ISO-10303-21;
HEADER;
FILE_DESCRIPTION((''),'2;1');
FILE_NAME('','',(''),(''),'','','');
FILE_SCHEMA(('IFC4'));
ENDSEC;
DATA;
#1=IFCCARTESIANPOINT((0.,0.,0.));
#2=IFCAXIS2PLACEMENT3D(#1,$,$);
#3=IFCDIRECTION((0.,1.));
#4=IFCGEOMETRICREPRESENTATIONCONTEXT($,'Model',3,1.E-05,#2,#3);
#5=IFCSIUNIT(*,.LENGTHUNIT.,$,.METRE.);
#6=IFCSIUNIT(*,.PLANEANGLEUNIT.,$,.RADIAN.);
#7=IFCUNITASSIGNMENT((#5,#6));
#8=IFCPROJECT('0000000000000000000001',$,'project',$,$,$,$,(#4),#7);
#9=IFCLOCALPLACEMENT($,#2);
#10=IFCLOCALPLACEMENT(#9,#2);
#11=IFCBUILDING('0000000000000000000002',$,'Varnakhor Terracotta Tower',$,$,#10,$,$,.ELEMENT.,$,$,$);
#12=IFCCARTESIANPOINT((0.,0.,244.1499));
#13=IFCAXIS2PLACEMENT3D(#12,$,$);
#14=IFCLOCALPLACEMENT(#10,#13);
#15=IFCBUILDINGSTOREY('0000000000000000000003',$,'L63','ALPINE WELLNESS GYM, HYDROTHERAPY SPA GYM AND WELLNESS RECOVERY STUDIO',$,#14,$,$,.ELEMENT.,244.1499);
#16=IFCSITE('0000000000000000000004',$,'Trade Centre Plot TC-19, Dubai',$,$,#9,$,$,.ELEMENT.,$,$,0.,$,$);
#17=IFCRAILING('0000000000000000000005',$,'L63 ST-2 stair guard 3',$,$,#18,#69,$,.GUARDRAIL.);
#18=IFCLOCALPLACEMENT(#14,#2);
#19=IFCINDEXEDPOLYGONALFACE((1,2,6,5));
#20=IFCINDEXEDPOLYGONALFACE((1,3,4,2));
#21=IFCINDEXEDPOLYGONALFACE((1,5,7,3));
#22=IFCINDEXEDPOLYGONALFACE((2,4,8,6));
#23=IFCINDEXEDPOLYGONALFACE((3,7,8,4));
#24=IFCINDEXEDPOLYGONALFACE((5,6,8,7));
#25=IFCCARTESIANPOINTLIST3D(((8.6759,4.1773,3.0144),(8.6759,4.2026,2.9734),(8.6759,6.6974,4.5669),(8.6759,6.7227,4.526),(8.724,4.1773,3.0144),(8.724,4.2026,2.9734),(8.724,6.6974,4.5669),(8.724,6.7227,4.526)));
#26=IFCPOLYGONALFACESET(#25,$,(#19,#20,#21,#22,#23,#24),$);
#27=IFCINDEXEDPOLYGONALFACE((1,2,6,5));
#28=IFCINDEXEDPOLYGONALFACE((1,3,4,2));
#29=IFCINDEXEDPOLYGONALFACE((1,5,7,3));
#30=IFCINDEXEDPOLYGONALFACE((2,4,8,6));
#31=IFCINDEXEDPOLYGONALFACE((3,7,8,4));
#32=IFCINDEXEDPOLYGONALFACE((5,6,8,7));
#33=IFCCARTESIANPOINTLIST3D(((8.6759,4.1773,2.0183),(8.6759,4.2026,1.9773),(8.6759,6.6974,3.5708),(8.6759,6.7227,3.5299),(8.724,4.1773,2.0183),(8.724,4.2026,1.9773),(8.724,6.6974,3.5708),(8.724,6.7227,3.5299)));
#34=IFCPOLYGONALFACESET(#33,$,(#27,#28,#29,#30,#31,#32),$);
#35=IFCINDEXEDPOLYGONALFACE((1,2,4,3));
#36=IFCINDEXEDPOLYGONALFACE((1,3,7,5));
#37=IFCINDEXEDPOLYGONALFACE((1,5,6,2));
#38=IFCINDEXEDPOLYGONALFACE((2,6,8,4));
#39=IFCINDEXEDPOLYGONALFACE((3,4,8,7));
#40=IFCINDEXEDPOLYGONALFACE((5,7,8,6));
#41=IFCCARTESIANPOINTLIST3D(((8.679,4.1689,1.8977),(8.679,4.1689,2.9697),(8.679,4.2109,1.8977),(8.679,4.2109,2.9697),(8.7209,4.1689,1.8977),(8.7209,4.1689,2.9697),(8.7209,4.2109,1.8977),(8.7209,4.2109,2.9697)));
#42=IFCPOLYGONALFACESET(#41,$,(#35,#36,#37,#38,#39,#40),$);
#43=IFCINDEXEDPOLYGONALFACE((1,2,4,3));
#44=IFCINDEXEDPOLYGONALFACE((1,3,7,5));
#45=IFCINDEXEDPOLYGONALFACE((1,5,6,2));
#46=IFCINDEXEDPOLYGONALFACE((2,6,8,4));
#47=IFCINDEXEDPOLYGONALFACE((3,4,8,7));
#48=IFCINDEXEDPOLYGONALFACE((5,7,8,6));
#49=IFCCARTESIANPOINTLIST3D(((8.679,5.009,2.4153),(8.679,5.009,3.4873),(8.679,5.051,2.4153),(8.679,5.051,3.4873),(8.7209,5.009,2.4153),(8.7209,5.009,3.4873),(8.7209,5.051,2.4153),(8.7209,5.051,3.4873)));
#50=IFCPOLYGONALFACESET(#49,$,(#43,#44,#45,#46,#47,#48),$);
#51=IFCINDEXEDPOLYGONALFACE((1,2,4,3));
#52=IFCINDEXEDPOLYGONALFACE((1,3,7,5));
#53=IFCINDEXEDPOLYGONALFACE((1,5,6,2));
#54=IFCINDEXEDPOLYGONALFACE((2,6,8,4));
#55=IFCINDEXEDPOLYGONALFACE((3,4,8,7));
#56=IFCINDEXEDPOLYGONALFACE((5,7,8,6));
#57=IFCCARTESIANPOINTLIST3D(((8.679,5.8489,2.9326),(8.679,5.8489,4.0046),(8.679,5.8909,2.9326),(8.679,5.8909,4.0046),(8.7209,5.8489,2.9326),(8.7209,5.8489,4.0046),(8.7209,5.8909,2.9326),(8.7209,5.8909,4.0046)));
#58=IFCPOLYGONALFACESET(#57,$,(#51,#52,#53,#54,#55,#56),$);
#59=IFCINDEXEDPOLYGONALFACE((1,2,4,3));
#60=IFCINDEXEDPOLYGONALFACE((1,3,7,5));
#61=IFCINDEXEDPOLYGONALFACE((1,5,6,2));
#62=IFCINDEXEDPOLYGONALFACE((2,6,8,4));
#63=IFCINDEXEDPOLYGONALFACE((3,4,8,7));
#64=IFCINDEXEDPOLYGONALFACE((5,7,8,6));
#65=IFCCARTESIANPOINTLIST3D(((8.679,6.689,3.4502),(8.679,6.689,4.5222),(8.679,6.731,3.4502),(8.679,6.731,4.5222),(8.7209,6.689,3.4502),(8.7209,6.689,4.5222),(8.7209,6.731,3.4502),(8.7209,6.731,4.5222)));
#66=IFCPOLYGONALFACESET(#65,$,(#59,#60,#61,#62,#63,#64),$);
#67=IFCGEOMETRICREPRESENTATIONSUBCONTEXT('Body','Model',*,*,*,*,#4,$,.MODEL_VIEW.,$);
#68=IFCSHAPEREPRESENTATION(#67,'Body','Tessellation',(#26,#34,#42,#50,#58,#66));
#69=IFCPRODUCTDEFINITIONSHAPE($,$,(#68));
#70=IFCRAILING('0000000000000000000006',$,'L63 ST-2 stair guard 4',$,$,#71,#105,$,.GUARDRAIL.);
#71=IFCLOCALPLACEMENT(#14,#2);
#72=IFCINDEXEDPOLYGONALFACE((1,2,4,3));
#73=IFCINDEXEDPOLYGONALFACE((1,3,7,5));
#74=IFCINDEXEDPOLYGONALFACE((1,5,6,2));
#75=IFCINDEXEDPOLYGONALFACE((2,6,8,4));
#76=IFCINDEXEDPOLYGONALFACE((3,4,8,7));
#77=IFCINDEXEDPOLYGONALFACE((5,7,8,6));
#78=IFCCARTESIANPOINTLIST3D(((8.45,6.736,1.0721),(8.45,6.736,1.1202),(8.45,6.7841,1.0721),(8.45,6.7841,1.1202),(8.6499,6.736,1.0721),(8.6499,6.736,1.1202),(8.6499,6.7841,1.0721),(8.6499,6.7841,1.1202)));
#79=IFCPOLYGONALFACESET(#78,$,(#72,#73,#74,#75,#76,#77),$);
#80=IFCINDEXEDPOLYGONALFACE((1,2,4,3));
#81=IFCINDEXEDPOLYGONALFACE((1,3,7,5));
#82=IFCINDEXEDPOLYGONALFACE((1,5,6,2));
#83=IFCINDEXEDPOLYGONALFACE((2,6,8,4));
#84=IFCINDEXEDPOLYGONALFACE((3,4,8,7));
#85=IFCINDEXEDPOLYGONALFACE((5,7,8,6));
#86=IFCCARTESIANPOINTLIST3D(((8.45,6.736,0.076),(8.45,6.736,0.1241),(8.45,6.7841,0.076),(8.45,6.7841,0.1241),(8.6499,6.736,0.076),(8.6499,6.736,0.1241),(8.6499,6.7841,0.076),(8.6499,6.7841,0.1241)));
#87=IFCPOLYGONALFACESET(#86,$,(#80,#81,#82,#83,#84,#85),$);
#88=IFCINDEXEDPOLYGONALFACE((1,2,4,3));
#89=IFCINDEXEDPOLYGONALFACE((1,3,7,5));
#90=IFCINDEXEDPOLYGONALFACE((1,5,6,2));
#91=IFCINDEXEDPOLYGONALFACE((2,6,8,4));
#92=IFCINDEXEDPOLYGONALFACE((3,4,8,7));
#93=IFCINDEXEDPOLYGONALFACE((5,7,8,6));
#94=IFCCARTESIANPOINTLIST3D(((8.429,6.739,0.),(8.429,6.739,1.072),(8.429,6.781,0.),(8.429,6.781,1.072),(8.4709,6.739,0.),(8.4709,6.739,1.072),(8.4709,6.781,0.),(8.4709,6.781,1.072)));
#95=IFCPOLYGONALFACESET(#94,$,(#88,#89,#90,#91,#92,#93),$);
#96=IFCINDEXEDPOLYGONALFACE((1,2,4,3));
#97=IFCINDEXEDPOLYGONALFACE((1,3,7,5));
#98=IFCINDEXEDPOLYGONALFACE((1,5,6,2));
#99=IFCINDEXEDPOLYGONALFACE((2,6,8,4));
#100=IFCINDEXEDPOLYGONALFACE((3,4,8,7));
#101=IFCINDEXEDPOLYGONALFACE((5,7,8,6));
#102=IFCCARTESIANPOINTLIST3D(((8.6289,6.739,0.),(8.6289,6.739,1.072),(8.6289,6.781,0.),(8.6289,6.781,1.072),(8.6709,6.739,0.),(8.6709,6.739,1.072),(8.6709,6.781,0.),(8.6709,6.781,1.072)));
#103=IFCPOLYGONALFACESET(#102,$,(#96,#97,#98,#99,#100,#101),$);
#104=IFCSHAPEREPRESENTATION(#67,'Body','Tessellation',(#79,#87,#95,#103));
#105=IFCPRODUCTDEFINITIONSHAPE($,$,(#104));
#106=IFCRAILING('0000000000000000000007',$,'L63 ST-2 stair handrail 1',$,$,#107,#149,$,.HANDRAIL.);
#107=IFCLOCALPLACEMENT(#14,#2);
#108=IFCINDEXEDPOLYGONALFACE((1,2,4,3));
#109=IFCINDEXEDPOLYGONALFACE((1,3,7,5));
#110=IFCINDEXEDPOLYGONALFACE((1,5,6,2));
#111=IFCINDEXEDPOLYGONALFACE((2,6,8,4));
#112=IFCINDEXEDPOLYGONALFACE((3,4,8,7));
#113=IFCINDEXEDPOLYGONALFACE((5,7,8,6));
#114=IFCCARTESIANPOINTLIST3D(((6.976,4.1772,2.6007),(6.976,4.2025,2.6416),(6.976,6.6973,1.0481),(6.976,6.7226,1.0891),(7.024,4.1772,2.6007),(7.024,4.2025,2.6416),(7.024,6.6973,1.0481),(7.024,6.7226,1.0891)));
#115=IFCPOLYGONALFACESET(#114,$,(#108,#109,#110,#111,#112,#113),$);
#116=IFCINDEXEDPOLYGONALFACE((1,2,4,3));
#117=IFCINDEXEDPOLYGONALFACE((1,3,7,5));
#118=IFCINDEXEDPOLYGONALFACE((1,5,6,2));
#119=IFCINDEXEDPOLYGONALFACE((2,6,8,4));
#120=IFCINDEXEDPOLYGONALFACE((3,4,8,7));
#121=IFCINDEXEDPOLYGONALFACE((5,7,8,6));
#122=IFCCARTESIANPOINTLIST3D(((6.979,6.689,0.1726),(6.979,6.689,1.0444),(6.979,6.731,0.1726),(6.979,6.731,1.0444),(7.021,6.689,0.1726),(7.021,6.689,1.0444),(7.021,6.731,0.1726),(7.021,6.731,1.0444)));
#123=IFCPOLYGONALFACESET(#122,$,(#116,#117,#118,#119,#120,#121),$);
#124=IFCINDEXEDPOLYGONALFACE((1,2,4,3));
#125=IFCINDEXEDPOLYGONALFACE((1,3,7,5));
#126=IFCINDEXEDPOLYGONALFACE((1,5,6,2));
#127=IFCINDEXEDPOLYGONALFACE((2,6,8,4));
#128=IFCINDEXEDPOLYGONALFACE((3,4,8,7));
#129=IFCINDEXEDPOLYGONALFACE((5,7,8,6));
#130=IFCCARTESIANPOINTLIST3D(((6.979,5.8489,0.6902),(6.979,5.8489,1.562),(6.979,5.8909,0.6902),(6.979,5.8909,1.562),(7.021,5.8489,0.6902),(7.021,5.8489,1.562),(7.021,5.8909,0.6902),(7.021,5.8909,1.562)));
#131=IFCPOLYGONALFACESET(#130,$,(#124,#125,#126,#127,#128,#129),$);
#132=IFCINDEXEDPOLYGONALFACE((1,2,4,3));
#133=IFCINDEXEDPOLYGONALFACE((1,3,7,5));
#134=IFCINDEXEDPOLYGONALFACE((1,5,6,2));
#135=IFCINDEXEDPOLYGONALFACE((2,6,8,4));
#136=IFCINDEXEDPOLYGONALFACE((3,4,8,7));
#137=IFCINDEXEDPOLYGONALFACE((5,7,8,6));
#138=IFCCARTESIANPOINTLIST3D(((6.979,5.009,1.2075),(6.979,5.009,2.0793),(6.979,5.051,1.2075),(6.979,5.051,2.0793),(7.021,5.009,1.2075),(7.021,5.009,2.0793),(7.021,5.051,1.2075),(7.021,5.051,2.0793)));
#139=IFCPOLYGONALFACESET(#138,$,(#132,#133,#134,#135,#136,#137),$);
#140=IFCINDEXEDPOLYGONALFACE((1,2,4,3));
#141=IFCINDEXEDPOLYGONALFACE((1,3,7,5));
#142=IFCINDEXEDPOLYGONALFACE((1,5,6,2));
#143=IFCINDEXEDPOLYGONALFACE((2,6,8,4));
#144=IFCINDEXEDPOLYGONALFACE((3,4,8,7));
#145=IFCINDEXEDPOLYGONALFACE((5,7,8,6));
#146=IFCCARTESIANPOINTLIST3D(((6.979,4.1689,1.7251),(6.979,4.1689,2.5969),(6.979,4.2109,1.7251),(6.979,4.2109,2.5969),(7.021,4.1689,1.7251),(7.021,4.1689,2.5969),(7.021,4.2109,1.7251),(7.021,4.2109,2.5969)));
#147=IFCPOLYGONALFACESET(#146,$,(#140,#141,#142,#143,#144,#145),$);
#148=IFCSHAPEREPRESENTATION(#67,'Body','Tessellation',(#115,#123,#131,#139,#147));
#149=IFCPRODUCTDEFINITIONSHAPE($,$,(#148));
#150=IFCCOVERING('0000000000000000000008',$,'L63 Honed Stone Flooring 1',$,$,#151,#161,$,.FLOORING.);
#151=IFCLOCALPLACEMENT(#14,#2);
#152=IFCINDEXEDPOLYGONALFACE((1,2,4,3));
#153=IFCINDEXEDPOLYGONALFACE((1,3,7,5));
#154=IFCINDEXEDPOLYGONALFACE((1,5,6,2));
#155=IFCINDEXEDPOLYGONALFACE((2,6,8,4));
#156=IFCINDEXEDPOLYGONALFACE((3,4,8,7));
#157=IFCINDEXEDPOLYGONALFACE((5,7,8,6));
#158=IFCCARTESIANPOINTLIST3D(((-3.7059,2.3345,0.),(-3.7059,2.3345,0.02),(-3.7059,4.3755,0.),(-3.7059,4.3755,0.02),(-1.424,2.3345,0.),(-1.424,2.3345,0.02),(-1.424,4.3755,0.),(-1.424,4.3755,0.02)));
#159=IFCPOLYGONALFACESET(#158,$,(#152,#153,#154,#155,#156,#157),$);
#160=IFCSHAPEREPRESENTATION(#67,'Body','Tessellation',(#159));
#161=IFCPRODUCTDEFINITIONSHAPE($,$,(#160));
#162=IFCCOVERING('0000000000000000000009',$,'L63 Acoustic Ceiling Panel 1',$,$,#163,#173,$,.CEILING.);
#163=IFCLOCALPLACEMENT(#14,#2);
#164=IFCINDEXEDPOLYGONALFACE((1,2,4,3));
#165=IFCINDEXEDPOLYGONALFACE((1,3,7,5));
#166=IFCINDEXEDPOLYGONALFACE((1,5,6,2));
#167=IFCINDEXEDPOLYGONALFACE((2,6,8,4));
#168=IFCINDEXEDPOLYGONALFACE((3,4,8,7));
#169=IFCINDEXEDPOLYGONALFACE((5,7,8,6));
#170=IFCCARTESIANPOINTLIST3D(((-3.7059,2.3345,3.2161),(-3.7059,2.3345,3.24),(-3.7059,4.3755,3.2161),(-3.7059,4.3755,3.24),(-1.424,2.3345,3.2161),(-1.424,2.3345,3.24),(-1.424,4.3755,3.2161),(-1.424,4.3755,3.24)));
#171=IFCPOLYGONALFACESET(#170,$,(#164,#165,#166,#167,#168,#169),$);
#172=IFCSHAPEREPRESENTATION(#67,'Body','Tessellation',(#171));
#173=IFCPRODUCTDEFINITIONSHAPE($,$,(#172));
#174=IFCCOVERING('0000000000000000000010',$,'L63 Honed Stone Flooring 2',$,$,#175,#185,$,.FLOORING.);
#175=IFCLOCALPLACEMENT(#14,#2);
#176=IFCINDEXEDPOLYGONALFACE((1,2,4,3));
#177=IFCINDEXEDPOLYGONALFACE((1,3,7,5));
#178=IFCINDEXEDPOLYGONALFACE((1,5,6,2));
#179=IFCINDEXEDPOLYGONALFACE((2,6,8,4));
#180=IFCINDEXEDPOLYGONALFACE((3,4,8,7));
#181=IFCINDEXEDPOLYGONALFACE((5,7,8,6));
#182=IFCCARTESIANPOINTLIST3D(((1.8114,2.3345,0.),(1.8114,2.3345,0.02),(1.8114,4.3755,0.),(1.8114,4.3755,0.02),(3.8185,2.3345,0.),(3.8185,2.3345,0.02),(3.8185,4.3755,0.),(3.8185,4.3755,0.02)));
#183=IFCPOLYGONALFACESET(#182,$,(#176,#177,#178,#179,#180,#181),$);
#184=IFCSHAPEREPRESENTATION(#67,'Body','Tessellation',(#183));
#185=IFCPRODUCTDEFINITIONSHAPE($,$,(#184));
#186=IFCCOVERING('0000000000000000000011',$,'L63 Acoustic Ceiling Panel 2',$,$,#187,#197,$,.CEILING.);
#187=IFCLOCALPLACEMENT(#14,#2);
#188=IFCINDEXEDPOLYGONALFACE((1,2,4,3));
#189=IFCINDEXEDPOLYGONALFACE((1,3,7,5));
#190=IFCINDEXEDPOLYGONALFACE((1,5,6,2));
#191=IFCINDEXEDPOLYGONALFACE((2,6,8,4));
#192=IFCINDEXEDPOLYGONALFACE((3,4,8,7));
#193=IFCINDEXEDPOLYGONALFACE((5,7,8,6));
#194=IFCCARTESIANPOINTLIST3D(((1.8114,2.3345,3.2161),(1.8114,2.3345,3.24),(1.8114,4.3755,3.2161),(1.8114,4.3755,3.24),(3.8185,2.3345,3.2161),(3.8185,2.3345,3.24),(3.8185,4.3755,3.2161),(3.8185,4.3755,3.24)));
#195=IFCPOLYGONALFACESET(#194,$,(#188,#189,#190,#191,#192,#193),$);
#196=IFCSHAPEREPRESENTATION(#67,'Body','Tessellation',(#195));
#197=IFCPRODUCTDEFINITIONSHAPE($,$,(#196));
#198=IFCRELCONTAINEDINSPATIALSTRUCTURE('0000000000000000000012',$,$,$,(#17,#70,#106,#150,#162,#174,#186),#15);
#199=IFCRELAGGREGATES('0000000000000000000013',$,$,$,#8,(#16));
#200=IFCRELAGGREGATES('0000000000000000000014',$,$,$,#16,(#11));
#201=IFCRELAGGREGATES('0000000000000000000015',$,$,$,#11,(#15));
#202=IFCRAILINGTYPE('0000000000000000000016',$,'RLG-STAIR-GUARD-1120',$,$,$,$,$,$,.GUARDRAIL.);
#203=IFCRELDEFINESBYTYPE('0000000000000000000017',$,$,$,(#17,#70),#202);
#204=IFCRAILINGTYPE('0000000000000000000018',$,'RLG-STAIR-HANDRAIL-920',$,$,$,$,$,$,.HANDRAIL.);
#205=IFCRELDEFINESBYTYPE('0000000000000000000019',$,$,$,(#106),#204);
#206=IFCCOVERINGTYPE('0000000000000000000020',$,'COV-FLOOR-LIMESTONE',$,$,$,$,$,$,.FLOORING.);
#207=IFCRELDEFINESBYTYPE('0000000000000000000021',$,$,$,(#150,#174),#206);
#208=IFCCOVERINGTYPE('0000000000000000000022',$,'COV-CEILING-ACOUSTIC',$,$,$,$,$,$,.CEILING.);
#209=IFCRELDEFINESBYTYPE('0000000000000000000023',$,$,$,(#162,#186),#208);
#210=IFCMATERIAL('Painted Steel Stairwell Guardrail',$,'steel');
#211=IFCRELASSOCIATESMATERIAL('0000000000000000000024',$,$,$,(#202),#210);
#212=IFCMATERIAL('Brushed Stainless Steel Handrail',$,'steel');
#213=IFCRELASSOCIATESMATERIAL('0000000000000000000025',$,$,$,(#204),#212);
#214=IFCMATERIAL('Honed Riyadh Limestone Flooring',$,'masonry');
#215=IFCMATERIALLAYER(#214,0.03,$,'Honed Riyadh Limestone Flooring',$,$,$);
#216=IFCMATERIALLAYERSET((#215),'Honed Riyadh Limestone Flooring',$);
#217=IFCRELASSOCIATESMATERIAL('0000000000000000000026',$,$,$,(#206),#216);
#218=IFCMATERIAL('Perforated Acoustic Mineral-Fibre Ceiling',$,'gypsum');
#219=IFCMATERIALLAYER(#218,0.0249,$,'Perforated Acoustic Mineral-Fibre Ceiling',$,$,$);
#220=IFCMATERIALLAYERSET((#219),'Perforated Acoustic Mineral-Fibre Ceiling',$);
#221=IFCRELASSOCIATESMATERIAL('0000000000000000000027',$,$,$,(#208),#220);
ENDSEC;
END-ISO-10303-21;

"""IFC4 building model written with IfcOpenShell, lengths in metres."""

from ifc_helpers import new_model, si_unit, direction, frame, origin, origin_2d, place, context, subcontext, project, spatial, rectangle, extrude, source, transform, mapped, material, layer, layer_set, type_object, element, save


model = new_model("IFC4")

# Units and contexts
model_context = context("Model", 3, precision=1e-05, world=origin(), true_north=direction((0.0, 1.0)))
body_context = subcontext(model_context, "Body", "Model", "MODEL_VIEW")
ifc_project = project(units=[si_unit("LENGTHUNIT", "METRE"), si_unit("PLANEANGLEUNIT", "RADIAN")], contexts=[model_context])

# Site, building, storey
site_placement = place(None, origin())
site = spatial("IfcSite", under=ifc_project, at=site_placement, Name="Trade Centre Plot TC-19, Dubai", CompositionType="ELEMENT", RefElevation=0.0)
building_placement = place(site_placement, origin())
building = spatial("IfcBuilding", under=site, at=building_placement, Name="Varnakhor Terracotta Tower", CompositionType="ELEMENT")
storey_placement = place(building_placement, frame((0.0, 0.0, 244.1499)))
storey = spatial("IfcBuildingStorey", under=building, at=storey_placement, Name="L63", Description="ALPINE WELLNESS GYM, HYDROTHERAPY SPA GYM AND WELLNESS RECOVERY STUDIO", CompositionType="ELEMENT", Elevation=244.1499)

# Railings
ifc_material_1 = material(Name="Painted Steel Stairwell Guardrail", Category="steel")
railing_type_1 = type_object("IfcRailingType", Name="RLG-STAIR-GUARD-1120", PredefinedType="GUARDRAIL", material=ifc_material_1)
railing_1_placement = place(storey_placement, frame((8.7, 4.1899, 1.8977)))
element("IfcRailing", 1, at=railing_1_placement, inside=storey, type_object=railing_type_1, Name="L63 ST-2 stair guard 3", PredefinedType="GUARDRAIL", context=body_context, shape_type="SweptSolid", body=[
    extrude(rectangle(XDim=0.0481, YDim=0.0481, at=origin_2d()), frame((0.0, 0.0, 1.0962), z_axis=(0.0, 0.8514, 0.524516), x_axis=(-1.0, 0.0, 0.0)), (0.0, 0.0, 1.0), 2.96),
    extrude(rectangle(XDim=0.0481, YDim=0.0481, at=origin_2d()), frame((0.0, 0.0, 0.1001), z_axis=(0.0, 0.8514, 0.524516), x_axis=(-1.0, 0.0, 0.0)), (0.0, 0.0, 1.0), 2.96),
    extrude(rectangle(XDim=0.042, YDim=0.042, at=origin_2d()), origin(), (0.0, 0.0, 1.0), 1.072),
    extrude(rectangle(XDim=0.042, YDim=0.042, at=origin_2d()), frame((0.0, 0.8401, 0.5176)), (0.0, 0.0, 1.0), 1.072),
    extrude(rectangle(XDim=0.042, YDim=0.042, at=origin_2d()), frame((0.0, 1.6799, 1.0349)), (0.0, 0.0, 1.0), 1.072),
    extrude(rectangle(XDim=0.042, YDim=0.042, at=origin_2d()), frame((0.0, 2.52, 1.5525)), (0.0, 0.0, 1.0), 1.072),
])
railing_2_placement = place(storey_placement, frame((8.45, 6.76, 0.0)))
element("IfcRailing", 2, at=railing_2_placement, inside=storey, type_object=railing_type_1, Name="L63 ST-2 stair guard 4", PredefinedType="GUARDRAIL", context=body_context, shape_type="SweptSolid", body=[
    extrude(rectangle(XDim=0.0481, YDim=0.0481, at=origin_2d()), frame((0.0, 0.0, 1.0962), z_axis=(1.0, 0.0, 0.0), x_axis=(0.0, 1.0, 0.0)), (0.0, 0.0, 1.0), 0.2),
    extrude(rectangle(XDim=0.0481, YDim=0.0481, at=origin_2d()), frame((0.0, 0.0, 0.1001), z_axis=(1.0, 0.0, 0.0), x_axis=(0.0, 1.0, 0.0)), (0.0, 0.0, 1.0), 0.2),
    extrude(rectangle(XDim=0.042, YDim=0.042, at=origin_2d()), origin(), (0.0, 0.0, 1.0), 1.072),
    extrude(rectangle(XDim=0.042, YDim=0.042, at=origin_2d()), frame((0.2, 0.0, 0.0)), (0.0, 0.0, 1.0), 1.072),
])
ifc_material_2 = material(Name="Brushed Stainless Steel Handrail", Category="steel")
railing_type_2 = type_object("IfcRailingType", Name="RLG-STAIR-HANDRAIL-920", PredefinedType="HANDRAIL", material=ifc_material_2)
railing_3_placement = place(storey_placement, frame((7.0, 6.71, 0.1726)))
element("IfcRailing", 3, at=railing_3_placement, inside=storey, type_object=railing_type_2, Name="L63 ST-2 stair handrail 1", PredefinedType="HANDRAIL", context=body_context, shape_type="SweptSolid", body=[
    extrude(rectangle(XDim=0.0481, YDim=0.0481, at=origin_2d()), frame((0.0, 0.0, 0.896), z_axis=(0.0, -0.8514, 0.524516), x_axis=(1.0, 0.0, 0.0)), (0.0, 0.0, 1.0), 2.96),
    extrude(rectangle(XDim=0.042, YDim=0.042, at=origin_2d()), origin(), (0.0, 0.0, 1.0), 0.8718),
    extrude(rectangle(XDim=0.042, YDim=0.042, at=origin_2d()), frame((0.0, -0.8401, 0.5176)), (0.0, 0.0, 1.0), 0.8718),
    extrude(rectangle(XDim=0.042, YDim=0.042, at=origin_2d()), frame((0.0, -1.6799, 1.0349)), (0.0, 0.0, 1.0), 0.8718),
    extrude(rectangle(XDim=0.042, YDim=0.042, at=origin_2d()), frame((0.0, -2.52, 1.5525)), (0.0, 0.0, 1.0), 0.8718),
])

# Coverings
ifc_material_3 = material(Name="Honed Riyadh Limestone Flooring", Category="masonry")
ifc_layer_1 = layer(ifc_material_3, 0.03, Name="Honed Riyadh Limestone Flooring")
ifc_layer_set_1 = layer_set([ifc_layer_1], Name="Honed Riyadh Limestone Flooring")
covering_type_1 = type_object("IfcCoveringType", Name="COV-FLOOR-LIMESTONE", PredefinedType="FLOORING", material=ifc_layer_set_1)
shared_shape_1 = source(origin(), body_context, "Body", "SweptSolid", [
    extrude(rectangle(XDim=2.282, YDim=2.041, at=origin_2d()), origin(), (0.0, 0.0, 1.0), 0.02),
])
covering_1_placement = place(storey_placement, frame((-2.5649, 3.355, 0.0), z_axis=(0.0, 0.0, 1.0), x_axis=(1.0, 0.0, 0.0)))
element("IfcCovering", 4, at=covering_1_placement, inside=storey, type_object=covering_type_1, Name="L63 Honed Stone Flooring 1", PredefinedType="FLOORING", context=body_context, shape_type="MappedRepresentation", body=[
    mapped(shared_shape_1, transform((0.0, 0.0, 0.0), scale=1.0)),
])
ifc_material_4 = material(Name="Perforated Acoustic Mineral-Fibre Ceiling", Category="gypsum")
ifc_layer_2 = layer(ifc_material_4, 0.0249, Name="Perforated Acoustic Mineral-Fibre Ceiling")
ifc_layer_set_2 = layer_set([ifc_layer_2], Name="Perforated Acoustic Mineral-Fibre Ceiling")
covering_type_2 = type_object("IfcCoveringType", Name="COV-CEILING-ACOUSTIC", PredefinedType="CEILING", material=ifc_layer_set_2)
shared_shape_2 = source(origin(), body_context, "Body", "SweptSolid", [
    extrude(rectangle(XDim=2.282, YDim=2.041, at=origin_2d()), origin(), (0.0, 0.0, 1.0), 0.0239),
])
covering_2_placement = place(storey_placement, frame((-2.5649, 3.355, 3.2161), z_axis=(0.0, 0.0, 1.0), x_axis=(1.0, 0.0, 0.0)))
element("IfcCovering", 5, at=covering_2_placement, inside=storey, type_object=covering_type_2, Name="L63 Acoustic Ceiling Panel 1", PredefinedType="CEILING", context=body_context, shape_type="MappedRepresentation", body=[
    mapped(shared_shape_2, transform((0.0, 0.0, 0.0), scale=1.0)),
])
shared_shape_3 = source(origin(), body_context, "Body", "SweptSolid", [
    extrude(rectangle(XDim=2.0071, YDim=2.041, at=origin_2d()), origin(), (0.0, 0.0, 1.0), 0.02),
])
covering_3_placement = place(storey_placement, frame((2.8149, 3.355, 0.0), z_axis=(0.0, 0.0, 1.0), x_axis=(1.0, 0.0, 0.0)))
element("IfcCovering", 6, at=covering_3_placement, inside=storey, type_object=covering_type_1, Name="L63 Honed Stone Flooring 2", PredefinedType="FLOORING", context=body_context, shape_type="MappedRepresentation", body=[
    mapped(shared_shape_3, transform((0.0, 0.0, 0.0), scale=1.0)),
])
shared_shape_4 = source(origin(), body_context, "Body", "SweptSolid", [
    extrude(rectangle(XDim=2.0071, YDim=2.041, at=origin_2d()), origin(), (0.0, 0.0, 1.0), 0.0239),
])
covering_4_placement = place(storey_placement, frame((2.8149, 3.355, 3.2161), z_axis=(0.0, 0.0, 1.0), x_axis=(1.0, 0.0, 0.0)))
element("IfcCovering", 7, at=covering_4_placement, inside=storey, type_object=covering_type_2, Name="L63 Acoustic Ceiling Panel 2", PredefinedType="CEILING", context=body_context, shape_type="MappedRepresentation", body=[
    mapped(shared_shape_4, transform((0.0, 0.0, 0.0), scale=1.0)),
])

save(model, "model.ifc")
